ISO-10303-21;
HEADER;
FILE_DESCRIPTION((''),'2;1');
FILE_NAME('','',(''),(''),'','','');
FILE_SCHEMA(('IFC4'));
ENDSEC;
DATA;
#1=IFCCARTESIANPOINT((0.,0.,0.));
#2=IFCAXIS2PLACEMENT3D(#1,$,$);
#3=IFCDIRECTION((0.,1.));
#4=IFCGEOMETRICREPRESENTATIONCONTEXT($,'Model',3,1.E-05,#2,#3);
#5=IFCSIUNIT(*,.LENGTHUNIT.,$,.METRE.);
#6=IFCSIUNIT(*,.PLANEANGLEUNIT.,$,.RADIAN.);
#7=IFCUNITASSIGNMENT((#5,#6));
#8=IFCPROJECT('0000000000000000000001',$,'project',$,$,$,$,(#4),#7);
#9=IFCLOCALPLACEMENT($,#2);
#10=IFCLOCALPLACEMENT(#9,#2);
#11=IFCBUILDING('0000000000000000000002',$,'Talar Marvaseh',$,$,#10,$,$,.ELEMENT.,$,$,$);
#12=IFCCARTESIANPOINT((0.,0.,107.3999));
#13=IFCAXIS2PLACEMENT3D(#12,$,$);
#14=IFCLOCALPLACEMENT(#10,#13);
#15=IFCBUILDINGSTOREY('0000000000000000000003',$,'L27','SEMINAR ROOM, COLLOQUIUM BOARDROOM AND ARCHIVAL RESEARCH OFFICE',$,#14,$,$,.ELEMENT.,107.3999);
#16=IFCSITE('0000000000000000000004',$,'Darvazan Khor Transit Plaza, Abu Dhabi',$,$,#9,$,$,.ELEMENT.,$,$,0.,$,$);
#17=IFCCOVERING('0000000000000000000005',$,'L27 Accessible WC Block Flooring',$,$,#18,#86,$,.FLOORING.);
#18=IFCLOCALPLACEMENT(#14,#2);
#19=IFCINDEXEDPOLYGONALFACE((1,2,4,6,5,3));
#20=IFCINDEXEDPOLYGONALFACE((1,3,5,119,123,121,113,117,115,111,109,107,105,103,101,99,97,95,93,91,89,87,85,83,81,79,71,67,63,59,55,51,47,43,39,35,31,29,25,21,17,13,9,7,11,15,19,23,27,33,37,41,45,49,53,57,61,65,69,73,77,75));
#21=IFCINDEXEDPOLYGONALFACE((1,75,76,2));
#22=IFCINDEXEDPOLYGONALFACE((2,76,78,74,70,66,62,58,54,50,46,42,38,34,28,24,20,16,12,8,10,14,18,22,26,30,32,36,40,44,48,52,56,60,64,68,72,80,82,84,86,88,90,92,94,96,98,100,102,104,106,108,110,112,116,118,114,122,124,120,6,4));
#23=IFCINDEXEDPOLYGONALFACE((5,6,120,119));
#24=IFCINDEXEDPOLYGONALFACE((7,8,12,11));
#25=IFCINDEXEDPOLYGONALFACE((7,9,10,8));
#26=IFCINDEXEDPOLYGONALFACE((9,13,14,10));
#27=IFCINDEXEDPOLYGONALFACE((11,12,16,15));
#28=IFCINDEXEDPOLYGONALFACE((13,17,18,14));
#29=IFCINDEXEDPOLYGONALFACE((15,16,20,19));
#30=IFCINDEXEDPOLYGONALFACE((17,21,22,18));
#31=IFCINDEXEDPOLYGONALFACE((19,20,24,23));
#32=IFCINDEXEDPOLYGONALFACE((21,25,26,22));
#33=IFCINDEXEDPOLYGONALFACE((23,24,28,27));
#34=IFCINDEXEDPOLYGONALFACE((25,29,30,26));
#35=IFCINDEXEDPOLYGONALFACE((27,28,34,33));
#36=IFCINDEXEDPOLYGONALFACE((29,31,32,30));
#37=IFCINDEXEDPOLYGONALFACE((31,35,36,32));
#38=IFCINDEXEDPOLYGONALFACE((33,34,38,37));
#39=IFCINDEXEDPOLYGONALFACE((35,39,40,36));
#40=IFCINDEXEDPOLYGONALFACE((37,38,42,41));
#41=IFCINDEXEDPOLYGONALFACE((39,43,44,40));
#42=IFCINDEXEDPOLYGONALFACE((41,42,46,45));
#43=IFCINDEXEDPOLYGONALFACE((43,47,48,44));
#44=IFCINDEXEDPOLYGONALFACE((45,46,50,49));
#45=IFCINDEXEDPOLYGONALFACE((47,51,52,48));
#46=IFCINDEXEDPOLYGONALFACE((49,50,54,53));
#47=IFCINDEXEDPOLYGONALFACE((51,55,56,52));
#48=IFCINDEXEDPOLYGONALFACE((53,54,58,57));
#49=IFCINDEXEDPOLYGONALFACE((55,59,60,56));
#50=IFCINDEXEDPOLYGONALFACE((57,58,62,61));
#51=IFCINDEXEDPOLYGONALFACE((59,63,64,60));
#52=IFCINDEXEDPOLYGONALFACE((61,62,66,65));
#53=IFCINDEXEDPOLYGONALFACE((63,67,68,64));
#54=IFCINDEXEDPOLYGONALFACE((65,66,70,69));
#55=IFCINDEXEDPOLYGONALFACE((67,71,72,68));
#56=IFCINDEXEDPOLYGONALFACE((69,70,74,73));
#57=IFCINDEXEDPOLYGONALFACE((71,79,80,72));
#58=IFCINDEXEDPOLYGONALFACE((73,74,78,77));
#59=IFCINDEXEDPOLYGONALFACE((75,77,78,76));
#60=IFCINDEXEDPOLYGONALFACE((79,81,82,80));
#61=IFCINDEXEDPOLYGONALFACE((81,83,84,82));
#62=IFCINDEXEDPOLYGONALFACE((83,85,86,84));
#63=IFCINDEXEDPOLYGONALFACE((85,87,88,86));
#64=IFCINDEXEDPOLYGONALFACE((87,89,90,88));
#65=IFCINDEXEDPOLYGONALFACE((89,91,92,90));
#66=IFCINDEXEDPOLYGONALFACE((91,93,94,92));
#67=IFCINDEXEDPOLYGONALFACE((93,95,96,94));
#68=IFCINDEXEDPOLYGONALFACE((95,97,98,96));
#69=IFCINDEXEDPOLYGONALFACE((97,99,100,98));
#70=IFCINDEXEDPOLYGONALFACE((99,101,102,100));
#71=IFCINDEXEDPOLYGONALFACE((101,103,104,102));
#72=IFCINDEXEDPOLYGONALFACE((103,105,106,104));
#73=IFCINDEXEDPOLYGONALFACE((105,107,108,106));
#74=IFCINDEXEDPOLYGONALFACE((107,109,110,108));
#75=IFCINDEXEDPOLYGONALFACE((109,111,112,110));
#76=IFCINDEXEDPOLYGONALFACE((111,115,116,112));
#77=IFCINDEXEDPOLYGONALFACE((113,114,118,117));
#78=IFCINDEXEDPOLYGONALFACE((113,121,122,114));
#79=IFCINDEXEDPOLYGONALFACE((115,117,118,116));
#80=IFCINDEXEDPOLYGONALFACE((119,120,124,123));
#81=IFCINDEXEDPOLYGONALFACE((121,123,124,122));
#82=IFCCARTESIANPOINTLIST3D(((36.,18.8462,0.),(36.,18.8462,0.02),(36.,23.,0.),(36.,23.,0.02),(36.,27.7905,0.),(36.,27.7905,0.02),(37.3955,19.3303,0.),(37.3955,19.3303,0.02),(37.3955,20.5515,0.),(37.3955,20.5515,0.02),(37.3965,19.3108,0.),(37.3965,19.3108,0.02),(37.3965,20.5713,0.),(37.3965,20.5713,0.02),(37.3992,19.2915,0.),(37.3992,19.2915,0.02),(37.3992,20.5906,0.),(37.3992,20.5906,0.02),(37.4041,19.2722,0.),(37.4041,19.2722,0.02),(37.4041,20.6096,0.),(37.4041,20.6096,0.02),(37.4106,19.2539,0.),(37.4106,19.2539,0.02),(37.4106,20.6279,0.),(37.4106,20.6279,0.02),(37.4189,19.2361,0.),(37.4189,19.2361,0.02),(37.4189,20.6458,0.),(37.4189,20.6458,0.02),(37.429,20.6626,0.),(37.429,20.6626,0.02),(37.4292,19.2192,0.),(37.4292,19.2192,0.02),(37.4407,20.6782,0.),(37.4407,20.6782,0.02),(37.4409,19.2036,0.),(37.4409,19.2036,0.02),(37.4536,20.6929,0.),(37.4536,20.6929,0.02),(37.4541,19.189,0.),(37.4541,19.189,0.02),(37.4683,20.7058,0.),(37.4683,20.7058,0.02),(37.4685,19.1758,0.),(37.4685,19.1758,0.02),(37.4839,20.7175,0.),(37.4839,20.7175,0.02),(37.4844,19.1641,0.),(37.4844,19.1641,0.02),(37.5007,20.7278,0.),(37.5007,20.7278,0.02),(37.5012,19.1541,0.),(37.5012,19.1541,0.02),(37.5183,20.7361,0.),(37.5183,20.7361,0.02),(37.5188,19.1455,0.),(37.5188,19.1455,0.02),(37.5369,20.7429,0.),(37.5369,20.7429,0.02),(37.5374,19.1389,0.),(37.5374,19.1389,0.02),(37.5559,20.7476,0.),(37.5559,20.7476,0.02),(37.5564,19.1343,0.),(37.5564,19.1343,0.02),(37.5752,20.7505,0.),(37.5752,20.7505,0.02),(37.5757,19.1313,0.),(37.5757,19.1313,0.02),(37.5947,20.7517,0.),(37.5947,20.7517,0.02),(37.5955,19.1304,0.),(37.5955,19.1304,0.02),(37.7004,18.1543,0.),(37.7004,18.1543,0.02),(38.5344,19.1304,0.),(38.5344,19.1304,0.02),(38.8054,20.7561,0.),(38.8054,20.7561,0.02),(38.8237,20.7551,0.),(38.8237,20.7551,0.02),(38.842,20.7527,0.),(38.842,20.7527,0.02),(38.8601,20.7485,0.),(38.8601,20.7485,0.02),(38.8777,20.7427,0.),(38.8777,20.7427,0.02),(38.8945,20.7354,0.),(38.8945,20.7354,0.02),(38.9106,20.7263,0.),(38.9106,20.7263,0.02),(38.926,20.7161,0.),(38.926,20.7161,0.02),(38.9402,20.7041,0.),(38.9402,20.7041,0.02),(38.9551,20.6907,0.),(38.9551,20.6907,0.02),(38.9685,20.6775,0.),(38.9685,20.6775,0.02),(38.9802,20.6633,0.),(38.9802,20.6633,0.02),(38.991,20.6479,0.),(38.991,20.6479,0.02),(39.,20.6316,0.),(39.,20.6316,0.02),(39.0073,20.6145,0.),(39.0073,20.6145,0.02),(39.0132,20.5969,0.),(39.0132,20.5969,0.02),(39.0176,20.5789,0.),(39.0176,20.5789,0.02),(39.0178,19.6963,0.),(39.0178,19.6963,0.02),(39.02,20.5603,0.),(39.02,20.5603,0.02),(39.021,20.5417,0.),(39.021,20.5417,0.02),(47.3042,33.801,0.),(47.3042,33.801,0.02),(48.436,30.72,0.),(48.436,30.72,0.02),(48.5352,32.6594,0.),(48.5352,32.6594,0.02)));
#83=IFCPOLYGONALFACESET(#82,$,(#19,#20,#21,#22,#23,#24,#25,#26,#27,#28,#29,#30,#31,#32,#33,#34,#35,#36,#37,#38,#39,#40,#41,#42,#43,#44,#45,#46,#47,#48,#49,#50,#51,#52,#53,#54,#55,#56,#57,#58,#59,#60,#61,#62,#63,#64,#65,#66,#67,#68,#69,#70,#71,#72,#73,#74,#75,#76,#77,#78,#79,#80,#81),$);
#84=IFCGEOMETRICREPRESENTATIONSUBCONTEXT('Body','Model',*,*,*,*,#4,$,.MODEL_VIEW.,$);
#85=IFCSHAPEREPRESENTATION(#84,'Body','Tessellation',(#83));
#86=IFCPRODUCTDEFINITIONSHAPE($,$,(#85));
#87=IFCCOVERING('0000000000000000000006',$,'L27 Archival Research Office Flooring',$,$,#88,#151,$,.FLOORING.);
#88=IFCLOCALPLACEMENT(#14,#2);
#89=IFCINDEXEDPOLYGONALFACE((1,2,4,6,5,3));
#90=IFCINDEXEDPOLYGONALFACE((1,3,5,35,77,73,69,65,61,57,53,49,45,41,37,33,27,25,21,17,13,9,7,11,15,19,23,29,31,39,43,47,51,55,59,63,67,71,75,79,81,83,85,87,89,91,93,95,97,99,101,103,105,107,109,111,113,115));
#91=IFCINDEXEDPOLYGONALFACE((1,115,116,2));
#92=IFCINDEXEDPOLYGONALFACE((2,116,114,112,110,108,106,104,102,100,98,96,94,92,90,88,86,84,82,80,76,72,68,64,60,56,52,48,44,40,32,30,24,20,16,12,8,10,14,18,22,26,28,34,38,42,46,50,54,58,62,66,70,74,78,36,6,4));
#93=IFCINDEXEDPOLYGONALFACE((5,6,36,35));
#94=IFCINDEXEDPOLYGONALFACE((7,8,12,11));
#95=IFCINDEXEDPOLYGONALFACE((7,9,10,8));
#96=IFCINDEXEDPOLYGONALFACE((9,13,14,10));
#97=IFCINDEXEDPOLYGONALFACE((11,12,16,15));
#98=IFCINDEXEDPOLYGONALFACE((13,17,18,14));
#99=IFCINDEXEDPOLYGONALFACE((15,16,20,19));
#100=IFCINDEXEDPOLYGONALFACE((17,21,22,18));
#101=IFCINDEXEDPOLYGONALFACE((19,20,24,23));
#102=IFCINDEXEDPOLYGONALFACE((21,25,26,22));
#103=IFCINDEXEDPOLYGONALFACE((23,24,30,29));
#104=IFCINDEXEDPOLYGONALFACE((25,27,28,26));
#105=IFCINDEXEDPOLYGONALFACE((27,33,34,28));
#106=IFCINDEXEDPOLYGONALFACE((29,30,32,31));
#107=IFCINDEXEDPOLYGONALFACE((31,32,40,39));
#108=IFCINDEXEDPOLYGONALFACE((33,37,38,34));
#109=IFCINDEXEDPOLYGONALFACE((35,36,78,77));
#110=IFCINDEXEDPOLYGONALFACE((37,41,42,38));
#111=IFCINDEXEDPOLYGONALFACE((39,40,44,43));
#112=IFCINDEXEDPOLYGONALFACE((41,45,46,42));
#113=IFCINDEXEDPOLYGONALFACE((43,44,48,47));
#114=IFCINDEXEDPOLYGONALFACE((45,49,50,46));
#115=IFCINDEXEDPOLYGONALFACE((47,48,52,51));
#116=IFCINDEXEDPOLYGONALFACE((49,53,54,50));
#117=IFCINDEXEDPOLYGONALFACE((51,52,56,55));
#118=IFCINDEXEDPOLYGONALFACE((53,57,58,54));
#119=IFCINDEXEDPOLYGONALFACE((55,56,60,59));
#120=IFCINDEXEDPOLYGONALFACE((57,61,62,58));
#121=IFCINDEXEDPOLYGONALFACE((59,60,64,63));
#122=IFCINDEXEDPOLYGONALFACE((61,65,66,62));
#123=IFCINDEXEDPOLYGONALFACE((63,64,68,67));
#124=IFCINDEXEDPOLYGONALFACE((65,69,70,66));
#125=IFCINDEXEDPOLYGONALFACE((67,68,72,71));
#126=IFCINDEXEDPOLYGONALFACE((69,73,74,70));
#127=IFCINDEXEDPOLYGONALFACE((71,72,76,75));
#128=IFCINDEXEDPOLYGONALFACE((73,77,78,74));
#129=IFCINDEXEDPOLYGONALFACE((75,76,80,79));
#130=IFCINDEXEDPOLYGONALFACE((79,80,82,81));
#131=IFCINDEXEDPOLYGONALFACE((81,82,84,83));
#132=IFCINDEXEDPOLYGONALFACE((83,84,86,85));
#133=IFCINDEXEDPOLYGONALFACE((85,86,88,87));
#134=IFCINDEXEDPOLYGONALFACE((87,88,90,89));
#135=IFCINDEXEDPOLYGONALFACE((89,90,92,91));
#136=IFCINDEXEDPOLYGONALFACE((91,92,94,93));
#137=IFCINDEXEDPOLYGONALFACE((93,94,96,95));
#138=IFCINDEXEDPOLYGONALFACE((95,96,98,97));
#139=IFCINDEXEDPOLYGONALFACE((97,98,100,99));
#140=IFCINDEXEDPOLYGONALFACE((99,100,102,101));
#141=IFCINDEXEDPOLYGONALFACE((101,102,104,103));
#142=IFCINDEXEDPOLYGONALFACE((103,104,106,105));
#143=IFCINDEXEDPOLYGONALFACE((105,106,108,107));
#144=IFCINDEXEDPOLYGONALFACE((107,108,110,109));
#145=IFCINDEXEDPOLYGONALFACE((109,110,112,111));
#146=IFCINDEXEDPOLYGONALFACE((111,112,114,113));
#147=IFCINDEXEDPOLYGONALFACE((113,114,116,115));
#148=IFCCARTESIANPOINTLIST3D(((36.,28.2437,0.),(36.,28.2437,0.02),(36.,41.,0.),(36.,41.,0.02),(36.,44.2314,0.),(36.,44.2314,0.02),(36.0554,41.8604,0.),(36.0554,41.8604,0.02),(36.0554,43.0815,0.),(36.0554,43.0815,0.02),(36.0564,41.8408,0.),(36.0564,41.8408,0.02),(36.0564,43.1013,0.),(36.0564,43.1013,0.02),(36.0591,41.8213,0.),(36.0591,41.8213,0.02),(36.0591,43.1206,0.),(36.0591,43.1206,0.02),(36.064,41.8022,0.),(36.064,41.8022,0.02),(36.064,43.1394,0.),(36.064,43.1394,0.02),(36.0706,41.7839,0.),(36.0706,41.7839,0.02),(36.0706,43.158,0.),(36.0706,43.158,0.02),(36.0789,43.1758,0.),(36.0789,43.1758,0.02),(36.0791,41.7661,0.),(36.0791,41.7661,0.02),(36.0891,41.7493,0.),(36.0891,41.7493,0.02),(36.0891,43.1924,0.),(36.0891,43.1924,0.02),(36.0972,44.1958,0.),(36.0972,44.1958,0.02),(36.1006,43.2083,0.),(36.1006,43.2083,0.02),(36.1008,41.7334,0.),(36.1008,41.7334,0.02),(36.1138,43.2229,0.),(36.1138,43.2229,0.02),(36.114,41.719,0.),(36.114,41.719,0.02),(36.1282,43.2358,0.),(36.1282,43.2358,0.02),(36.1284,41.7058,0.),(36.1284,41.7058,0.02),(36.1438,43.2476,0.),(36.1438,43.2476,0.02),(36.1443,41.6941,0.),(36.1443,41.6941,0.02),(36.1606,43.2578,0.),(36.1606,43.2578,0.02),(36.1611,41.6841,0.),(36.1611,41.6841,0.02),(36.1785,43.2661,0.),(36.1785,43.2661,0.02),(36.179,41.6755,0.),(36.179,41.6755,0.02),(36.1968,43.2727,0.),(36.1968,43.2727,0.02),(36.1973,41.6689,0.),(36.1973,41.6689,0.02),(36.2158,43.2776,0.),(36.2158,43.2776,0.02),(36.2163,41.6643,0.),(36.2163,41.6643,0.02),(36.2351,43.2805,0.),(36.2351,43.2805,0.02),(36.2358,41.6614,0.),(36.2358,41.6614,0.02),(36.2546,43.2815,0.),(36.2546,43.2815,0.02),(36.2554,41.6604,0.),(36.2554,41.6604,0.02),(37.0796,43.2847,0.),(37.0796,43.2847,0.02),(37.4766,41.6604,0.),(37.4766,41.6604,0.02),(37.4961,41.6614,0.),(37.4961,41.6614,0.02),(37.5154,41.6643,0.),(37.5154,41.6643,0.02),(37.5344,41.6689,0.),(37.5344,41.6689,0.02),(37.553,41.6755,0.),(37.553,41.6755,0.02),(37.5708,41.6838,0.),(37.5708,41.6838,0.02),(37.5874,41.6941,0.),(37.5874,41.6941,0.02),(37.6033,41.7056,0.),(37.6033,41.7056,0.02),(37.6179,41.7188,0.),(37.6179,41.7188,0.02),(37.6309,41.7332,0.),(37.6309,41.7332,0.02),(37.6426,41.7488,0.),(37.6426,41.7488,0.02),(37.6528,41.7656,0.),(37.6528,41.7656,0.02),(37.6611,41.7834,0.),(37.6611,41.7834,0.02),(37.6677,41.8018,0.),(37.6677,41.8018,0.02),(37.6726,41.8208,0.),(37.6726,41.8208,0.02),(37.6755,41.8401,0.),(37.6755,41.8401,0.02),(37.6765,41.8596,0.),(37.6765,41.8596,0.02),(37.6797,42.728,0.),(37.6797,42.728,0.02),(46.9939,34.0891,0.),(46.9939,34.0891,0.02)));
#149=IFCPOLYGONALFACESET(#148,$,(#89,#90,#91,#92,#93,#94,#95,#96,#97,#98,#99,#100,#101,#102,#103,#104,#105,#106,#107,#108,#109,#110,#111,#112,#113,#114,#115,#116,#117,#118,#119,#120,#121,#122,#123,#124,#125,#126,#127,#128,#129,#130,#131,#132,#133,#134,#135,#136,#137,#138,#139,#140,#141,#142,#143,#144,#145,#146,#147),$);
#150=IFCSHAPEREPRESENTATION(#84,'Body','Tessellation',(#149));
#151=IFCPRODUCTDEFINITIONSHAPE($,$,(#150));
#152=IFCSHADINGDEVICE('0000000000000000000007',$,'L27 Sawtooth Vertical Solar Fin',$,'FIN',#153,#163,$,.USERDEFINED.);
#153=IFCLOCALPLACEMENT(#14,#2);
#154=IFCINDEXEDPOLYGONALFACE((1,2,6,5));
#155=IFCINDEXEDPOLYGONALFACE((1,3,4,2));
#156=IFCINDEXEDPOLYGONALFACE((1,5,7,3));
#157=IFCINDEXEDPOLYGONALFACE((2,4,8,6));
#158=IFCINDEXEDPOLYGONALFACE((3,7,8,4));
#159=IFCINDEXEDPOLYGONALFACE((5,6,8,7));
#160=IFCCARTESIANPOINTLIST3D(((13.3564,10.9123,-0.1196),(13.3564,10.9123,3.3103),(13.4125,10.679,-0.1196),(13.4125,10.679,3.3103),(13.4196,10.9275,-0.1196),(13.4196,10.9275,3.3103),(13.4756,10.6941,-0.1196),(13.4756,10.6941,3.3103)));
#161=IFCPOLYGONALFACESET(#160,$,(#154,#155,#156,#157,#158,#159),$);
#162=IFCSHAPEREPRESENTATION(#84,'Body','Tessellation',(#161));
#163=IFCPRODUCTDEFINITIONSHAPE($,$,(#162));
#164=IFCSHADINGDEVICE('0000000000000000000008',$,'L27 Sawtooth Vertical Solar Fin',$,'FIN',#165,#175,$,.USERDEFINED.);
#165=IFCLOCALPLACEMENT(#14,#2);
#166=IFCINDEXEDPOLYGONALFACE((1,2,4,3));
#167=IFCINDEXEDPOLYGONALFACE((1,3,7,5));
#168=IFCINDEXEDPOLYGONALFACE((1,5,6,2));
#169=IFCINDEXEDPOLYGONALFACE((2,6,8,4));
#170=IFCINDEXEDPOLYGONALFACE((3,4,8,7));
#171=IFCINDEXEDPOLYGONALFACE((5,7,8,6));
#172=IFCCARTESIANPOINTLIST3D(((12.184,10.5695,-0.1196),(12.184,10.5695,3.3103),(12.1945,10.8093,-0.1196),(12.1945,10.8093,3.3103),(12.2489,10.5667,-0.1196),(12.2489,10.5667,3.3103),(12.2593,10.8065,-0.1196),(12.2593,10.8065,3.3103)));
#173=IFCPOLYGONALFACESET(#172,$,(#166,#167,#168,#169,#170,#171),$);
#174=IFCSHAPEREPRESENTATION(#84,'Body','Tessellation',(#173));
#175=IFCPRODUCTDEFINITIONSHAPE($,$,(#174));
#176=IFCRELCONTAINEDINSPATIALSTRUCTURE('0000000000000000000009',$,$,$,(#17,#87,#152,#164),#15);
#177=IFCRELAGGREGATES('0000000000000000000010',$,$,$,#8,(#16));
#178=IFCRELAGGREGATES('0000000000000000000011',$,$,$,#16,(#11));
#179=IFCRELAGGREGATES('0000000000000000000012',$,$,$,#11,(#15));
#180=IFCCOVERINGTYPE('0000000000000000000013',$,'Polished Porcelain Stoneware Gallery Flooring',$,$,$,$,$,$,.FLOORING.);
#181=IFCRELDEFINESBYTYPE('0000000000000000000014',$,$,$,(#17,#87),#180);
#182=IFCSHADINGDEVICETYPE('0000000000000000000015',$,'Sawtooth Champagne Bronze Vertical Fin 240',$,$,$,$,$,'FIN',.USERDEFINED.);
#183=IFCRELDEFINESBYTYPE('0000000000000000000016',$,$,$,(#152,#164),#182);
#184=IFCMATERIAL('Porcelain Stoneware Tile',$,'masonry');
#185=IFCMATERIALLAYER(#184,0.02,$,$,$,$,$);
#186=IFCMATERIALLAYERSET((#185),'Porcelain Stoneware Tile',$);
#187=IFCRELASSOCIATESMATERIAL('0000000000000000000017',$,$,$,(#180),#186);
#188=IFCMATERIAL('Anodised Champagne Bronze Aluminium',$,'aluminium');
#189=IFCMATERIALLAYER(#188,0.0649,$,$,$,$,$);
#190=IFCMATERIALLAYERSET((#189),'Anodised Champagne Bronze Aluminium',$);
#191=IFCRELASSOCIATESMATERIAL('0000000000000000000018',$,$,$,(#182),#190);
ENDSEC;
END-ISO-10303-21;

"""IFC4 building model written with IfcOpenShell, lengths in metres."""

from ifc_helpers import new_model, si_unit, direction, frame, origin, origin_2d, place, context, subcontext, project, spatial, polyline, rectangle, outline, extrude, source, transform, mapped, material, layer, layer_set, type_object, type_shapes, element, save


model = new_model("IFC4")

# Units and contexts
model_context = context("Model", 3, precision=1e-05, world=origin(), true_north=direction((0.0, 1.0)))
body_context = subcontext(model_context, "Body", "Model", "MODEL_VIEW")
ifc_project = project(units=[si_unit("LENGTHUNIT", "METRE"), si_unit("PLANEANGLEUNIT", "RADIAN")], contexts=[model_context])

# Site, building, storey
site_placement = place(None, origin())
site = spatial("IfcSite", under=ifc_project, at=site_placement, Name="Darvazan Khor Transit Plaza, Abu Dhabi", CompositionType="ELEMENT", RefElevation=0.0)
building_placement = place(site_placement, origin())
building = spatial("IfcBuilding", under=site, at=building_placement, Name="Talar Marvaseh", CompositionType="ELEMENT")
storey_placement = place(building_placement, frame((0.0, 0.0, 107.3999)))
storey = spatial("IfcBuildingStorey", under=building, at=storey_placement, Name="L27", Description="SEMINAR ROOM, COLLOQUIUM BOARDROOM AND ARCHIVAL RESEARCH OFFICE", CompositionType="ELEMENT", Elevation=107.3999)

# Coverings
ifc_material_1 = material(Name="Porcelain Stoneware Tile", Category="masonry")
ifc_layer_1 = layer(ifc_material_1, 0.02)
ifc_layer_set_1 = layer_set([ifc_layer_1], Name="Porcelain Stoneware Tile")
covering_type_1 = type_object("IfcCoveringType", Name="Polished Porcelain Stoneware Gallery Flooring", PredefinedType="FLOORING", material=ifc_layer_set_1)
covering_1_placement = place(storey_placement, origin())
element("IfcCovering", 1, at=covering_1_placement, inside=storey, type_object=covering_type_1, Name="L27 Accessible WC Block Flooring", PredefinedType="FLOORING", context=body_context, shape_type="SweptSolid", body=[
    extrude(outline(polyline([(36.0, 18.8462), (36.0, 23.0), (36.0, 27.7905), (47.3042, 33.801), (48.5352, 32.6594), (48.436, 30.72), (39.0178, 19.6963), (39.021, 20.5417), (39.02, 20.5603), (39.0176, 20.5789), (39.0132, 20.5969), (39.0073, 20.6145), (39.0, 20.6316), (38.991, 20.6479), (38.9802, 20.6633), (38.9685, 20.6775), (38.9551, 20.6907), (38.9402, 20.7041), (38.926, 20.7161), (38.9106, 20.7263), (38.8945, 20.7354), (38.8777, 20.7427), (38.8601, 20.7485), (38.842, 20.7527), (38.8237, 20.7551), (38.8054, 20.7561), (37.5947, 20.7517), (37.5752, 20.7505), (37.5559, 20.7476), (37.5369, 20.7429), (37.5183, 20.7361), (37.5007, 20.7278), (37.4839, 20.7175), (37.4683, 20.7058), (37.4536, 20.6929), (37.4407, 20.6782), (37.429, 20.6626), (37.4189, 20.6458), (37.4106, 20.6279), (37.4041, 20.6096), (37.3992, 20.5906), (37.3965, 20.5713), (37.3955, 20.5515), (37.3955, 19.3303), (37.3965, 19.3108), (37.3992, 19.2915), (37.4041, 19.2722), (37.4106, 19.2539), (37.4189, 19.2361), (37.4292, 19.2192), (37.4409, 19.2036), (37.4541, 19.189), (37.4685, 19.1758), (37.4844, 19.1641), (37.5012, 19.1541), (37.5188, 19.1455), (37.5374, 19.1389), (37.5564, 19.1343), (37.5757, 19.1313), (37.5955, 19.1304), (38.5344, 19.1304), (37.7004, 18.1543), (36.0, 18.8462)])), origin(), (0.0, 0.0, 1.0), 0.02),
])
covering_2_placement = place(storey_placement, origin())
element("IfcCovering", 2, at=covering_2_placement, inside=storey, type_object=covering_type_1, Name="L27 Archival Research Office Flooring", PredefinedType="FLOORING", context=body_context, shape_type="SweptSolid", body=[
    extrude(outline(polyline([(36.2546, 43.2815), (36.2351, 43.2805), (36.2158, 43.2776), (36.1968, 43.2727), (36.1785, 43.2661), (36.1606, 43.2578), (36.1438, 43.2476), (36.1282, 43.2358), (36.1138, 43.2229), (36.1006, 43.2083), (36.0891, 43.1924), (36.0789, 43.1758), (36.0706, 43.158), (36.064, 43.1394), (36.0591, 43.1206), (36.0564, 43.1013), (36.0554, 43.0815), (36.0554, 41.8604), (36.0564, 41.8408), (36.0591, 41.8213), (36.064, 41.8022), (36.0706, 41.7839), (36.0791, 41.7661), (36.0891, 41.7493), (36.1008, 41.7334), (36.114, 41.719), (36.1284, 41.7058), (36.1443, 41.6941), (36.1611, 41.6841), (36.179, 41.6755), (36.1973, 41.6689), (36.2163, 41.6643), (36.2358, 41.6614), (36.2554, 41.6604), (37.4766, 41.6604), (37.4961, 41.6614), (37.5154, 41.6643), (37.5344, 41.6689), (37.553, 41.6755), (37.5708, 41.6838), (37.5874, 41.6941), (37.6033, 41.7056), (37.6179, 41.7188), (37.6309, 41.7332), (37.6426, 41.7488), (37.6528, 41.7656), (37.6611, 41.7834), (37.6677, 41.8018), (37.6726, 41.8208), (37.6755, 41.8401), (37.6765, 41.8596), (37.6797, 42.728), (46.9939, 34.0891), (36.0, 28.2437), (36.0, 41.0), (36.0, 44.2314), (36.0972, 44.1958), (37.0796, 43.2847), (36.2546, 43.2815)])), origin(), (0.0, 0.0, 1.0), 0.02),
])

# Shading devices
ifc_material_2 = material(Name="Anodised Champagne Bronze Aluminium", Category="aluminium")
ifc_layer_2 = layer(ifc_material_2, 0.0649)
ifc_layer_set_2 = layer_set([ifc_layer_2], Name="Anodised Champagne Bronze Aluminium")
shading_device_type = type_object("IfcShadingDeviceType", Name="Sawtooth Champagne Bronze Vertical Fin 240", ElementType="FIN", PredefinedType="USERDEFINED", material=ifc_layer_set_2)
shared_shape_1 = source(origin(), body_context, "Body", "SweptSolid", [
    extrude(rectangle(XDim=0.24, YDim=0.0649, at=origin_2d()), origin(), (0.0, 0.0, 1.0), 3.4299),
])
type_shapes(shading_device_type, [shared_shape_1])
for number, where, z_axis, x_axis, name in (
    (3, (13.416, 10.8032, -0.1196), (0.0, 0.0, 1.0), (0.233615, -0.972329, 0.0), "L27 Sawtooth Vertical Solar Fin"),
    (4, (12.2217, 10.688, -0.1196), (0.0, 0.0, 1.0), (-0.043445, -0.999056, 0.0), "L27 Sawtooth Vertical Solar Fin"),
):
    element("IfcShadingDevice", number, at=place(storey_placement, frame(where, z_axis=z_axis, x_axis=x_axis)), inside=storey, type_object=shading_device_type, Name=name, ObjectType="FIN", PredefinedType="USERDEFINED", context=body_context, shape_type="MappedRepresentation", body=[
        mapped(shared_shape_1, transform((0.0, 0.0, 0.0), x_axis=(1.0, 0.0, 0.0), y_axis=(0.0, 1.0, 0.0), z_axis=(0.0, 0.0, 1.0), scale=1.0)),
    ])

save(model, "model.ifc")
